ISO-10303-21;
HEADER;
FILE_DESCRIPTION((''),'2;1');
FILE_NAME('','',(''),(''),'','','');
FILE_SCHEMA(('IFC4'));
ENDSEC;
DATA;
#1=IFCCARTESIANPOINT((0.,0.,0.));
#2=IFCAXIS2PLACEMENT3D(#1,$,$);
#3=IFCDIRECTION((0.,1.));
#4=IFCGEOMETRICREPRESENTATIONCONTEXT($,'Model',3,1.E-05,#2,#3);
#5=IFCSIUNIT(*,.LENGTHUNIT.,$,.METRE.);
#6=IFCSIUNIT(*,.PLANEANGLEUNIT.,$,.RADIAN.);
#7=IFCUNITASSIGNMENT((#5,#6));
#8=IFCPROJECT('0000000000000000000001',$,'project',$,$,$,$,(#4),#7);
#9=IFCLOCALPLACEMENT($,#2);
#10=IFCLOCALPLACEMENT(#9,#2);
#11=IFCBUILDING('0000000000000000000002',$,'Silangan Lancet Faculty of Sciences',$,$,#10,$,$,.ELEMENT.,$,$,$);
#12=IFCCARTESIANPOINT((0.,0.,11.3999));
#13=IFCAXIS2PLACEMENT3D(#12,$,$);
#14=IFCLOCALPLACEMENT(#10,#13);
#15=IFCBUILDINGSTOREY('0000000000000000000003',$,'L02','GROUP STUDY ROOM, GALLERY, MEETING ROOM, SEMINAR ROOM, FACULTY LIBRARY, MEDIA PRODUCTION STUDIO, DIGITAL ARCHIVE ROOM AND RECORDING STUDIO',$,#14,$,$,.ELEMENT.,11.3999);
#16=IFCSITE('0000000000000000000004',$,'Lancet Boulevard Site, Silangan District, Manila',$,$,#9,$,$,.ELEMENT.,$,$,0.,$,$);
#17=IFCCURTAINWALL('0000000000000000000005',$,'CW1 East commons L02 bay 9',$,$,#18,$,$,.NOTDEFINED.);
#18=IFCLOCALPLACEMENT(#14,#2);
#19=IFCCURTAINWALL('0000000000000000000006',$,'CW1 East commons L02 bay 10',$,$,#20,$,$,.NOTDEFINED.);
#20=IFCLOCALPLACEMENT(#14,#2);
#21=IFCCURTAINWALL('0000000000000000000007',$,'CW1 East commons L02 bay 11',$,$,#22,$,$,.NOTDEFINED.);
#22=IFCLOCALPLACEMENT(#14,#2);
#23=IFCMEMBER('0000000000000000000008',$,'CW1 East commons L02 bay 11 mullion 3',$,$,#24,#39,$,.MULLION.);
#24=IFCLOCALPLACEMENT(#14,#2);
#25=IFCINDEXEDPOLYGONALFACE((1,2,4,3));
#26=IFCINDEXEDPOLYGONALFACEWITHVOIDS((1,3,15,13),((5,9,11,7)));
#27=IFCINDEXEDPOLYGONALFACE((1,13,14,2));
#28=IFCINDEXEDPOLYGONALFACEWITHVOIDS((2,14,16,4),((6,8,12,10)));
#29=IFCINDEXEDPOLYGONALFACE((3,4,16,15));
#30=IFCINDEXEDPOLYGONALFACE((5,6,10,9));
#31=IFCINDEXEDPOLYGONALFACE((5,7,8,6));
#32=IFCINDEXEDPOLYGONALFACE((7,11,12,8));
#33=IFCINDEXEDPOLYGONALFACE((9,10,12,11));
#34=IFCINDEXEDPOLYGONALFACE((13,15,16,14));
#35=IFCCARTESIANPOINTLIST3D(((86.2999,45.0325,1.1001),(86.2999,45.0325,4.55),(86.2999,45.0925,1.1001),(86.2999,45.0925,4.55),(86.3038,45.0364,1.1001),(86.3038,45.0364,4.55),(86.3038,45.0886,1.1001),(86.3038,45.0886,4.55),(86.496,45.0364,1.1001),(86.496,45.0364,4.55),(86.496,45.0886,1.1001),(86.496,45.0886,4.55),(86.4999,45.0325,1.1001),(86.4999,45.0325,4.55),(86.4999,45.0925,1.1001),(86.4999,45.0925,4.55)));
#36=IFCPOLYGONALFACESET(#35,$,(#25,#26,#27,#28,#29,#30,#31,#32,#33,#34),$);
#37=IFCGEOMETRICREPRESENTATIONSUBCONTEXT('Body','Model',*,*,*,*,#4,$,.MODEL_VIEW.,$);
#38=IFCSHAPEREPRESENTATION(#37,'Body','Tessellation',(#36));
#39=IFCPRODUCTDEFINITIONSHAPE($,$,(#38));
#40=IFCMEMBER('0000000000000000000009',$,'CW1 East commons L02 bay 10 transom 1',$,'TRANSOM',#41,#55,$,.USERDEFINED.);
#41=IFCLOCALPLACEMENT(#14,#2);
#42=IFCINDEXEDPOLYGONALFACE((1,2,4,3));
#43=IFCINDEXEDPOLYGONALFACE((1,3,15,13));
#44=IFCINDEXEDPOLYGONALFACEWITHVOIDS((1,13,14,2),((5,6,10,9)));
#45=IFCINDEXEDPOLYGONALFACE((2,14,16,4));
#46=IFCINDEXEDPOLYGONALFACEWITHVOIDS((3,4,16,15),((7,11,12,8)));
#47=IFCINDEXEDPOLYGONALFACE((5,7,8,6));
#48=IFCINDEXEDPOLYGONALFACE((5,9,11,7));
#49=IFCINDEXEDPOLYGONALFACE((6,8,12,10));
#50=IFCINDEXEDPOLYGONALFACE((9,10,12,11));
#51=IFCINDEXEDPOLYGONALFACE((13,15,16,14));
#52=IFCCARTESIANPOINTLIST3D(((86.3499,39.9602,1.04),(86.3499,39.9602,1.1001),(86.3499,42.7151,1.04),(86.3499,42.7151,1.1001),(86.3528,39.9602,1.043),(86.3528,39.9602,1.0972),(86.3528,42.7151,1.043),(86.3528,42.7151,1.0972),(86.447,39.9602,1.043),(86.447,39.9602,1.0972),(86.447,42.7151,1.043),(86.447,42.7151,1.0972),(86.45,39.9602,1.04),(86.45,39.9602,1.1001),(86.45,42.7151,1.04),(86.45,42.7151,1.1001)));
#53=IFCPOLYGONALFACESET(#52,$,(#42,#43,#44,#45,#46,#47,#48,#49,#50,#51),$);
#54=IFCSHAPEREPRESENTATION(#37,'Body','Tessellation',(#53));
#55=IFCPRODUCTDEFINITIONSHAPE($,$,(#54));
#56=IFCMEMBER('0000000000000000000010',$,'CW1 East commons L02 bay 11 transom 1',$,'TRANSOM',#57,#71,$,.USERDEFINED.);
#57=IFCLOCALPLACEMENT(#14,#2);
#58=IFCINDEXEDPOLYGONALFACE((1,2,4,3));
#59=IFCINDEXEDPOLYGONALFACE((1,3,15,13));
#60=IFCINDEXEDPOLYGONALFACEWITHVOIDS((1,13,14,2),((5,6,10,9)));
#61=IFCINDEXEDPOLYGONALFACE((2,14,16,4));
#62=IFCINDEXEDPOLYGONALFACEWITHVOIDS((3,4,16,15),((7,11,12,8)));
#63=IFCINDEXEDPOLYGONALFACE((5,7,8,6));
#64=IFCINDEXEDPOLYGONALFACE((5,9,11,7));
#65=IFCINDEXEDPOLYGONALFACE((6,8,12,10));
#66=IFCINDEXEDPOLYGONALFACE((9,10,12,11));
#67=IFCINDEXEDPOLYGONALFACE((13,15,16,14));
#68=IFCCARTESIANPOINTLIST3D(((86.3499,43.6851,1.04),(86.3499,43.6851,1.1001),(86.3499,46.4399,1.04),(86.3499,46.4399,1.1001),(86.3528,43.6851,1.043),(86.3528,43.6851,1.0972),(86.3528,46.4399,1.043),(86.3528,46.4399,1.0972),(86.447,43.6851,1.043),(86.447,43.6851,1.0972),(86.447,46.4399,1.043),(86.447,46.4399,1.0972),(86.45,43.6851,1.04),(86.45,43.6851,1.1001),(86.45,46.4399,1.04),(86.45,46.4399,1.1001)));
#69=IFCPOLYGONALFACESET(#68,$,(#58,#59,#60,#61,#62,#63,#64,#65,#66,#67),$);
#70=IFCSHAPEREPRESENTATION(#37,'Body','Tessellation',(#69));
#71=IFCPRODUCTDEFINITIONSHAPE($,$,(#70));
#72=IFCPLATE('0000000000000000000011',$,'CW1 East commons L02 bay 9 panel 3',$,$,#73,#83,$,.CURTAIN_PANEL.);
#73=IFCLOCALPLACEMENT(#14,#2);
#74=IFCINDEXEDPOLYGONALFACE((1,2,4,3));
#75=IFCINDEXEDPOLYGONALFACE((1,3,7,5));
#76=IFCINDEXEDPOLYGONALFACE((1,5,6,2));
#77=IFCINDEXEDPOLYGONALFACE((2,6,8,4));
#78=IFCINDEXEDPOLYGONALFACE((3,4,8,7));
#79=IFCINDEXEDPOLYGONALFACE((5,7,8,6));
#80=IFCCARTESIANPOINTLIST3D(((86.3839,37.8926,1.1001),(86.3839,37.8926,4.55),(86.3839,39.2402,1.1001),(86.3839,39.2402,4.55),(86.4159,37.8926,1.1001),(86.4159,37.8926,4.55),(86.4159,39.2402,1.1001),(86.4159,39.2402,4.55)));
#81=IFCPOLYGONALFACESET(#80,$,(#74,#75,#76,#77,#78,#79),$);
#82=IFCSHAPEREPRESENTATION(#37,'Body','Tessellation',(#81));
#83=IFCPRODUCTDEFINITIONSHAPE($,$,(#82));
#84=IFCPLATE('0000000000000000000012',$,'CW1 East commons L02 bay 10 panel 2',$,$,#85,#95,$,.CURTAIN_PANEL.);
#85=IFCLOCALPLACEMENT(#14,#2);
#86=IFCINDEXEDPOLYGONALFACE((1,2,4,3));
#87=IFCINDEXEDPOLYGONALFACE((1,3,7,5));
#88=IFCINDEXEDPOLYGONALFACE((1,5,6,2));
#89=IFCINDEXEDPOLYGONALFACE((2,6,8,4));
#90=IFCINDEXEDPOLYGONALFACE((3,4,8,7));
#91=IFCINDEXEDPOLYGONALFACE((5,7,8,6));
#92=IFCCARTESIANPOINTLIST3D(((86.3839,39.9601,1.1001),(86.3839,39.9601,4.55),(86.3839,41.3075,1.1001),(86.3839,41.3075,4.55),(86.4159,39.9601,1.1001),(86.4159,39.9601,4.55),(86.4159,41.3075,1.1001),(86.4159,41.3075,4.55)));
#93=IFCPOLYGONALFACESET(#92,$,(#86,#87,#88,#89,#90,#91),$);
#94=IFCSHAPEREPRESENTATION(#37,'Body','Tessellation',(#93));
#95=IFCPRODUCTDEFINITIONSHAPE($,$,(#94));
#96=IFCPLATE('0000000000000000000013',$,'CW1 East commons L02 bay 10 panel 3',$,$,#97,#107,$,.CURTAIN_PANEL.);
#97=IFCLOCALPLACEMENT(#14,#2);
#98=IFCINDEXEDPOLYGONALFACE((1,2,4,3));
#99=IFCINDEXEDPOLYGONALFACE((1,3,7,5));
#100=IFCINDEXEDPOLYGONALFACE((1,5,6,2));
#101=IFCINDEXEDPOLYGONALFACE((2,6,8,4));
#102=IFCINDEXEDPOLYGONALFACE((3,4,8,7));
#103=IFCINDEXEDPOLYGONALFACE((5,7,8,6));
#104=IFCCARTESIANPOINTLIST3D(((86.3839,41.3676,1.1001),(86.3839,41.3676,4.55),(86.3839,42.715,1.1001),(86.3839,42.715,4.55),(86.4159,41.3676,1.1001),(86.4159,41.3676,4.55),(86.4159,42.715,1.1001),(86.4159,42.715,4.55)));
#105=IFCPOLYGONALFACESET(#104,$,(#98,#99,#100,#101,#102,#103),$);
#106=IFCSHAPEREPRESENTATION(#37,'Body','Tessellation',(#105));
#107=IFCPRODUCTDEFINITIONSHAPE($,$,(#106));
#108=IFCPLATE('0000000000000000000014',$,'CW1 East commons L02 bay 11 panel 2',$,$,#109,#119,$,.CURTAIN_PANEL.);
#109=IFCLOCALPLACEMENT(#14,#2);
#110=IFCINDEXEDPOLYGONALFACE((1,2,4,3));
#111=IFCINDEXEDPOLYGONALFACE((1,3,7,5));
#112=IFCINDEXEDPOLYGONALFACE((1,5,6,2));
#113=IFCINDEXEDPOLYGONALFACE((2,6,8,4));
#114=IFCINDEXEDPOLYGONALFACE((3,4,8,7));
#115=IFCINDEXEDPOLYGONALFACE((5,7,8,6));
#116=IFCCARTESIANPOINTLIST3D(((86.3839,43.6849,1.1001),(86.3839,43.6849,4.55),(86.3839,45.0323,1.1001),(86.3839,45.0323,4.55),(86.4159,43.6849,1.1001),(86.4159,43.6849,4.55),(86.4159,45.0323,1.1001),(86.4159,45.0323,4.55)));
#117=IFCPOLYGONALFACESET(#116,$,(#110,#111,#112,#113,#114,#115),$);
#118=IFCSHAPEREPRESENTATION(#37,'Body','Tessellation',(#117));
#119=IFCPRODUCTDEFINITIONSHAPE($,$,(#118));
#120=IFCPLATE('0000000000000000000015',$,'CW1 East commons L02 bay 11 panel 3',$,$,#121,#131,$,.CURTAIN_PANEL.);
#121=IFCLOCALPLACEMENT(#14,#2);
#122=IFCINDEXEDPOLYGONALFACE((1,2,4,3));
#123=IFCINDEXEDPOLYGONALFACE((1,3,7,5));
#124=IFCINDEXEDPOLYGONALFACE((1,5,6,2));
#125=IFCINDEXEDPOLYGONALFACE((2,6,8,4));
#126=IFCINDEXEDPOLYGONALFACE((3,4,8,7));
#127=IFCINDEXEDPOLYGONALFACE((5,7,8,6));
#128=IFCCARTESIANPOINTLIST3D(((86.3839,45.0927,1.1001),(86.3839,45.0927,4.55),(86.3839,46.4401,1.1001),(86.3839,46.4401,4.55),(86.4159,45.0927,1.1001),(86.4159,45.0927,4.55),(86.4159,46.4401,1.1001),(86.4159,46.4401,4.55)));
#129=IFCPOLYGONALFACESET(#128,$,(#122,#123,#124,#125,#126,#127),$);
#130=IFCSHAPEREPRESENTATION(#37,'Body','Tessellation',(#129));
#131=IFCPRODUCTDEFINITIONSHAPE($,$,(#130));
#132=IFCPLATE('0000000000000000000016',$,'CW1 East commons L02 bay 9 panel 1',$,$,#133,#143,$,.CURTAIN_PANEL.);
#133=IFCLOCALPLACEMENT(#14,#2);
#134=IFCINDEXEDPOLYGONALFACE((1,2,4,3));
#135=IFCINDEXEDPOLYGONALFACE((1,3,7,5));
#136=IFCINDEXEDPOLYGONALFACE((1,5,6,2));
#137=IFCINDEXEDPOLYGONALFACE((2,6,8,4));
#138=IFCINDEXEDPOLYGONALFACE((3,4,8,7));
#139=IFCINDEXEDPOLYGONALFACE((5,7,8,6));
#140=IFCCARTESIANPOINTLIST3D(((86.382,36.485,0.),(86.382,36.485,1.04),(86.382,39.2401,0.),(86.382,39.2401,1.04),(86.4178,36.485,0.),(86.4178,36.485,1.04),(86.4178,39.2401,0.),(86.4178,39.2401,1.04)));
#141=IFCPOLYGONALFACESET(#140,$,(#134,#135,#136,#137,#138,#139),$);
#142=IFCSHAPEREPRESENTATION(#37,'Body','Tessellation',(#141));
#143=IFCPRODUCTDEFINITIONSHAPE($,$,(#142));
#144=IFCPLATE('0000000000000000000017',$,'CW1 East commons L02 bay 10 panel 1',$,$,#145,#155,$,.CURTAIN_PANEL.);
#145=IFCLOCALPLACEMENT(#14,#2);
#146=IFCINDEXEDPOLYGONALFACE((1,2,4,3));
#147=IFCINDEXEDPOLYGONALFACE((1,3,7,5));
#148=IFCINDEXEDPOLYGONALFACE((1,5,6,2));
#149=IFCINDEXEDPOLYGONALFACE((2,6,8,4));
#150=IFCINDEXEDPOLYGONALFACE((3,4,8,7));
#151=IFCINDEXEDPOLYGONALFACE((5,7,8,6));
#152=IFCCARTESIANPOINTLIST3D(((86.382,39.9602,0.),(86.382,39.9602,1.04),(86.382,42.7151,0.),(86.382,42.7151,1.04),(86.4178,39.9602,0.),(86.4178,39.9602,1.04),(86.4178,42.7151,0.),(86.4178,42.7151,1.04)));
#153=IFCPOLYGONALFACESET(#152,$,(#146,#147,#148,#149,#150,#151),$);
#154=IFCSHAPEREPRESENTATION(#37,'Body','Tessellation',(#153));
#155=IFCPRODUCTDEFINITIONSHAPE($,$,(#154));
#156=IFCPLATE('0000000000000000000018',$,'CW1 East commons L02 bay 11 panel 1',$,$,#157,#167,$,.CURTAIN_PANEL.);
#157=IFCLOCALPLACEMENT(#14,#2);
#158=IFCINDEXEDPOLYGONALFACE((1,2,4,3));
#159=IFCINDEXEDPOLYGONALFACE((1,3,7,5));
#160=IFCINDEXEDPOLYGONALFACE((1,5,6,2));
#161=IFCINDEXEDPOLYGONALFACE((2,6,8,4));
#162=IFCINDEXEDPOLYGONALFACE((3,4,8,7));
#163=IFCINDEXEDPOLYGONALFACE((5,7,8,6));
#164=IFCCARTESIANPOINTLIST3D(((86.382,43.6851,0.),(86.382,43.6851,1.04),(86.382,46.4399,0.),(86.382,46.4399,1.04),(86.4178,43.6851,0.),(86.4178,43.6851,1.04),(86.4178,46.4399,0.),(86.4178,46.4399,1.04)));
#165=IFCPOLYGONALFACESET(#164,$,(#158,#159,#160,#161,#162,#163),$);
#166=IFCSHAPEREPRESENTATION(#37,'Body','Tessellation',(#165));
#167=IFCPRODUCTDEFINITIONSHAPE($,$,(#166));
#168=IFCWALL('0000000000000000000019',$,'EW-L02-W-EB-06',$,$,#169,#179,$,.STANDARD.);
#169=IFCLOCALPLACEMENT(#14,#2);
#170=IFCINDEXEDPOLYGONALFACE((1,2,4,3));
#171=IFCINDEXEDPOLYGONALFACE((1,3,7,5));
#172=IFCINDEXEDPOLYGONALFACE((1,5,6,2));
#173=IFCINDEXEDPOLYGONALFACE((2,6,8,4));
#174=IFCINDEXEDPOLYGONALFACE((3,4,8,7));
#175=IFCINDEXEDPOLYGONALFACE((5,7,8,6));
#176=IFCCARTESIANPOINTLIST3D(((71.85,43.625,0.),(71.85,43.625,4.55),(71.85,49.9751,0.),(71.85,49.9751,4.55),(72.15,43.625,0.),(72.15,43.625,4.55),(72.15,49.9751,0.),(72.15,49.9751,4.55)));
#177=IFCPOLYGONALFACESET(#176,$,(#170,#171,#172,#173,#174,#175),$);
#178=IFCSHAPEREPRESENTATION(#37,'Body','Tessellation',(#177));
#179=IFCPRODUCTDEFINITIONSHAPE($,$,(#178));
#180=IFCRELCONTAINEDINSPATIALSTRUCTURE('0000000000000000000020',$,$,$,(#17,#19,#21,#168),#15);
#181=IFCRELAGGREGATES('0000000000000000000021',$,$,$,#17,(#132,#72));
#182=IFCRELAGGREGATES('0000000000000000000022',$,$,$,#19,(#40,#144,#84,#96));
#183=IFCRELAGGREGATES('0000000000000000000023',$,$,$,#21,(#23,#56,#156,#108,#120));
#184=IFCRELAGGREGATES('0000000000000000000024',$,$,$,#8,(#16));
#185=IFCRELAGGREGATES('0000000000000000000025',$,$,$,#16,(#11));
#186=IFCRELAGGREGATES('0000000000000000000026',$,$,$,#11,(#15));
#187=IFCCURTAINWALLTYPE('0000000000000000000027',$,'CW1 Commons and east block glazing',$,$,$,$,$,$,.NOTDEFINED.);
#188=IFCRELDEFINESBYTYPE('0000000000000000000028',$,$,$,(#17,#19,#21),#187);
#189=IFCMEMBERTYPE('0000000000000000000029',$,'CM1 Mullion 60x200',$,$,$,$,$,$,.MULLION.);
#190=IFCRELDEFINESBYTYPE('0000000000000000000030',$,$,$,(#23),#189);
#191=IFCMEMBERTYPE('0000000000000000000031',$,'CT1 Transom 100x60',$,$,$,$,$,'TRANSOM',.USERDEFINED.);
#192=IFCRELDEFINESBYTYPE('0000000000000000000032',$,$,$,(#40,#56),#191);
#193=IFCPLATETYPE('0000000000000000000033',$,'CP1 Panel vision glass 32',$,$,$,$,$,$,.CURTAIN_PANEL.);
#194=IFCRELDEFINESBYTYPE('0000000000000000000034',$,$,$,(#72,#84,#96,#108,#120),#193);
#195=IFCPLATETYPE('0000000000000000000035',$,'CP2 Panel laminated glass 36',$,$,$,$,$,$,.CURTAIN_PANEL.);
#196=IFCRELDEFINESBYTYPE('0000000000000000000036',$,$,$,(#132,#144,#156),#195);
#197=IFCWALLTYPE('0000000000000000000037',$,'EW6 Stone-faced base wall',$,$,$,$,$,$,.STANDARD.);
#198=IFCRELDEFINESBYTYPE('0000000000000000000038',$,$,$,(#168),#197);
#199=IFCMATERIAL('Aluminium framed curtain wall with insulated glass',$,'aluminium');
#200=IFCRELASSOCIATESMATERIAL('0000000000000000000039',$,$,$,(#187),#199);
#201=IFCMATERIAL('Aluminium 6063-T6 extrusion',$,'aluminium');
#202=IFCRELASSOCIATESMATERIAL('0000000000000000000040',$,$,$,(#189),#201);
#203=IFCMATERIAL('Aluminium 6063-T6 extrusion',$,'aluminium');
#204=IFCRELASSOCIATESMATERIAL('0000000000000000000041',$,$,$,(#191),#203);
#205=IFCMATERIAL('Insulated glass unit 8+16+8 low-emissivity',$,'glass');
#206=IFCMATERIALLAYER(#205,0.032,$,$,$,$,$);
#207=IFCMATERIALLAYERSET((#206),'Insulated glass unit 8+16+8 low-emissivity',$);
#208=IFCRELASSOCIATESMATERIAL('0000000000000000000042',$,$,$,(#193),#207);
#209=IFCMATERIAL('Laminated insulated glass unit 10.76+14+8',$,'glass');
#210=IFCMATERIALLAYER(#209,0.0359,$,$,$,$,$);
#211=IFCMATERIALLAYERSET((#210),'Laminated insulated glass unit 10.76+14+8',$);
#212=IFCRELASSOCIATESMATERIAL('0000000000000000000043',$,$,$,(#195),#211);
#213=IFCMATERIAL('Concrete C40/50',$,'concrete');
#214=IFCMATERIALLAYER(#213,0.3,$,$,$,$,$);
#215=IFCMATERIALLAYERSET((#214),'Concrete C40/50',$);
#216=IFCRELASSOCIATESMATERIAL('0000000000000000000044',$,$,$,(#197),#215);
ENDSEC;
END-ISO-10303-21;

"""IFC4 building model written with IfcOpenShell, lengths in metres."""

from ifc_helpers import new_model, si_unit, direction, frame, frame_2d, origin, origin_2d, place, context, subcontext, project, spatial, rectangle, hollow_rectangle, extrude, material, layer, layer_set, material_profile, profile_set, type_object, element, aggregate, save


model = new_model("IFC4")

# Units and contexts
model_context = context("Model", 3, precision=1e-05, world=origin(), true_north=direction((0.0, 1.0)))
body_context = subcontext(model_context, "Body", "Model", "MODEL_VIEW")
ifc_project = project(units=[si_unit("LENGTHUNIT", "METRE"), si_unit("PLANEANGLEUNIT", "RADIAN")], contexts=[model_context])

# Site, building, storey
site_placement = place(None, origin())
site = spatial("IfcSite", under=ifc_project, at=site_placement, Name="Lancet Boulevard Site, Silangan District, Manila", CompositionType="ELEMENT", RefElevation=0.0)
building_placement = place(site_placement, origin())
building = spatial("IfcBuilding", under=site, at=building_placement, Name="Silangan Lancet Faculty of Sciences", CompositionType="ELEMENT")
storey_placement = place(building_placement, frame((0.0, 0.0, 11.3999)))
storey = spatial("IfcBuildingStorey", under=building, at=storey_placement, Name="L02", Description="GROUP STUDY ROOM, GALLERY, MEETING ROOM, SEMINAR ROOM, FACULTY LIBRARY, MEDIA PRODUCTION STUDIO, DIGITAL ARCHIVE ROOM AND RECORDING STUDIO", CompositionType="ELEMENT", Elevation=11.3999)

# Curtain wall
ifc_material_1 = material(Name="Aluminium framed curtain wall with insulated glass", Category="aluminium")
curtain_wall_type = type_object("IfcCurtainWallType", Name="CW1 Commons and east block glazing", PredefinedType="NOTDEFINED", material=ifc_material_1)
curtain_wall_1_placement = place(storey_placement, origin())
curtain_wall_1 = element("IfcCurtainWall", 1, at=curtain_wall_1_placement, inside=storey, type_object=curtain_wall_type, Name="CW1 East commons L02 bay 9", PredefinedType="NOTDEFINED")
ifc_material_2 = material(Name="Aluminium 6063-T6 extrusion", Category="aluminium")
ifc_material_profile_1 = material_profile(ifc_material_2, hollow_rectangle(XDim=0.0601, YDim=0.2, WallThickness=0.0039, at=origin_2d()), Name="AL BOX 60x200x4")
ifc_profile_set_1 = profile_set([ifc_material_profile_1], Name="Aluminium 6063-T6 extrusion")
member_type_1 = type_object("IfcMemberType", Name="CM1 Mullion 60x200", PredefinedType="MULLION", material=ifc_profile_set_1)

# Curtain walls, member
curtain_wall_2_placement = place(storey_placement, origin())
curtain_wall_2 = element("IfcCurtainWall", 2, at=curtain_wall_2_placement, inside=storey, type_object=curtain_wall_type, Name="CW1 East commons L02 bay 10", PredefinedType="NOTDEFINED")
curtain_wall_3_placement = place(storey_placement, origin())
curtain_wall_3 = element("IfcCurtainWall", 3, at=curtain_wall_3_placement, inside=storey, type_object=curtain_wall_type, Name="CW1 East commons L02 bay 11", PredefinedType="NOTDEFINED")
member_1_placement = place(storey_placement, frame((86.3999, 45.0625, 1.1001), z_axis=(0.0, 0.0, 1.0), x_axis=(0.0, 1.0, 0.0)))
member_1 = element("IfcMember", 4, at=member_1_placement, type_object=member_type_1, Name="CW1 East commons L02 bay 11 mullion 3", PredefinedType="MULLION", context=body_context, shape_type="SweptSolid", body=[
    extrude(hollow_rectangle(XDim=0.0601, YDim=0.2, WallThickness=0.0039, at=origin_2d()), origin(), (0.0, 0.0, 1.0), 3.45),
])

# Members
ifc_material_3 = material(Name="Aluminium 6063-T6 extrusion", Category="aluminium")
ifc_material_profile_2 = material_profile(ifc_material_3, hollow_rectangle(XDim=0.1001, YDim=0.0601, WallThickness=0.0029, at=origin_2d()), Name="AL BOX 100x60x3")
ifc_profile_set_2 = profile_set([ifc_material_profile_2], Name="Aluminium 6063-T6 extrusion")
member_type_2 = type_object("IfcMemberType", Name="CT1 Transom 100x60", ElementType="TRANSOM", PredefinedType="USERDEFINED", material=ifc_profile_set_2)
member_2_placement = place(storey_placement, frame((86.3999, 39.9602, 1.0701), z_axis=(0.0, 1.0, 0.0), x_axis=(-1.0, 0.0, 0.0)))
member_2 = element("IfcMember", 5, at=member_2_placement, type_object=member_type_2, Name="CW1 East commons L02 bay 10 transom 1", ObjectType="TRANSOM", PredefinedType="USERDEFINED", context=body_context, shape_type="SweptSolid", body=[
    extrude(hollow_rectangle(XDim=0.1001, YDim=0.0601, WallThickness=0.0029, at=origin_2d()), origin(), (0.0, 0.0, 1.0), 2.7549),
])
member_3_placement = place(storey_placement, frame((86.3999, 43.6851, 1.0701), z_axis=(0.0, 1.0, 0.0), x_axis=(-1.0, 0.0, 0.0)))
member_3 = element("IfcMember", 6, at=member_3_placement, type_object=member_type_2, Name="CW1 East commons L02 bay 11 transom 1", ObjectType="TRANSOM", PredefinedType="USERDEFINED", context=body_context, shape_type="SweptSolid", body=[
    extrude(hollow_rectangle(XDim=0.1001, YDim=0.0601, WallThickness=0.0029, at=origin_2d()), origin(), (0.0, 0.0, 1.0), 2.7549),
])

# Plates
ifc_material_4 = material(Name="Insulated glass unit 8+16+8 low-emissivity", Category="glass")
ifc_layer_1 = layer(ifc_material_4, 0.032)
ifc_layer_set_1 = layer_set([ifc_layer_1], Name="Insulated glass unit 8+16+8 low-emissivity")
plate_type_1 = type_object("IfcPlateType", Name="CP1 Panel vision glass 32", PredefinedType="CURTAIN_PANEL", material=ifc_layer_set_1)
plate_1_placement = place(storey_placement, frame((86.3999, 38.5664, 1.1001), z_axis=(0.0, 0.0, 1.0), x_axis=(0.0, 1.0, 0.0)))
plate_1 = element("IfcPlate", 7, at=plate_1_placement, type_object=plate_type_1, Name="CW1 East commons L02 bay 9 panel 3", PredefinedType="CURTAIN_PANEL", context=body_context, shape_type="SweptSolid", body=[
    extrude(rectangle(XDim=1.3477, YDim=0.032, at=origin_2d()), origin(), (0.0, 0.0, 1.0), 3.45),
])
plate_2_placement = place(storey_placement, frame((86.3999, 40.6338, 1.1001), z_axis=(0.0, 0.0, 1.0), x_axis=(0.0, 1.0, 0.0)))
plate_2 = element("IfcPlate", 8, at=plate_2_placement, type_object=plate_type_1, Name="CW1 East commons L02 bay 10 panel 2", PredefinedType="CURTAIN_PANEL", context=body_context, shape_type="SweptSolid", body=[
    extrude(rectangle(XDim=1.3474, YDim=0.032, at=origin_2d()), origin(), (0.0, 0.0, 1.0), 3.45),
])
plate_3_placement = place(storey_placement, frame((86.3999, 42.0413, 1.1001), z_axis=(0.0, 0.0, 1.0), x_axis=(0.0, 1.0, 0.0)))
plate_3 = element("IfcPlate", 9, at=plate_3_placement, type_object=plate_type_1, Name="CW1 East commons L02 bay 10 panel 3", PredefinedType="CURTAIN_PANEL", context=body_context, shape_type="SweptSolid", body=[
    extrude(rectangle(XDim=1.3474, YDim=0.032, at=origin_2d()), origin(), (0.0, 0.0, 1.0), 3.45),
])
plate_4_placement = place(storey_placement, frame((86.3999, 44.3586, 1.1001), z_axis=(0.0, 0.0, 1.0), x_axis=(0.0, 1.0, 0.0)))
plate_4 = element("IfcPlate", 10, at=plate_4_placement, type_object=plate_type_1, Name="CW1 East commons L02 bay 11 panel 2", PredefinedType="CURTAIN_PANEL", context=body_context, shape_type="SweptSolid", body=[
    extrude(rectangle(XDim=1.3474, YDim=0.032, at=origin_2d()), origin(), (0.0, 0.0, 1.0), 3.45),
])
plate_5_placement = place(storey_placement, frame((86.3999, 45.7664, 1.1001), z_axis=(0.0, 0.0, 1.0), x_axis=(0.0, 1.0, 0.0)))
plate_5 = element("IfcPlate", 11, at=plate_5_placement, type_object=plate_type_1, Name="CW1 East commons L02 bay 11 panel 3", PredefinedType="CURTAIN_PANEL", context=body_context, shape_type="SweptSolid", body=[
    extrude(rectangle(XDim=1.3474, YDim=0.032, at=origin_2d()), origin(), (0.0, 0.0, 1.0), 3.45),
])
ifc_material_5 = material(Name="Laminated insulated glass unit 10.76+14+8", Category="glass")
ifc_layer_2 = layer(ifc_material_5, 0.0359)
ifc_layer_set_2 = layer_set([ifc_layer_2], Name="Laminated insulated glass unit 10.76+14+8")
plate_type_2 = type_object("IfcPlateType", Name="CP2 Panel laminated glass 36", PredefinedType="CURTAIN_PANEL", material=ifc_layer_set_2)
plate_6_placement = place(storey_placement, frame((86.3999, 37.8625, 0.0), z_axis=(0.0, 0.0, 1.0), x_axis=(0.0, 1.0, 0.0)))
plate_6 = element("IfcPlate", 12, at=plate_6_placement, type_object=plate_type_2, Name="CW1 East commons L02 bay 9 panel 1", PredefinedType="CURTAIN_PANEL", context=body_context, shape_type="SweptSolid", body=[
    extrude(rectangle(XDim=2.7551, YDim=0.0359, at=origin_2d()), origin(), (0.0, 0.0, 1.0), 1.04),
])
aggregate(curtain_wall_1, [plate_6, plate_1])
plate_7_placement = place(storey_placement, frame((86.3999, 41.3376, 0.0), z_axis=(0.0, 0.0, 1.0), x_axis=(0.0, 1.0, 0.0)))
plate_7 = element("IfcPlate", 13, at=plate_7_placement, type_object=plate_type_2, Name="CW1 East commons L02 bay 10 panel 1", PredefinedType="CURTAIN_PANEL", context=body_context, shape_type="SweptSolid", body=[
    extrude(rectangle(XDim=2.7549, YDim=0.0359, at=origin_2d()), origin(), (0.0, 0.0, 1.0), 1.04),
])
aggregate(curtain_wall_2, [member_2, plate_7, plate_2, plate_3])
plate_8_placement = place(storey_placement, frame((86.3999, 45.0625, 0.0), z_axis=(0.0, 0.0, 1.0), x_axis=(0.0, 1.0, 0.0)))
plate_8 = element("IfcPlate", 14, at=plate_8_placement, type_object=plate_type_2, Name="CW1 East commons L02 bay 11 panel 1", PredefinedType="CURTAIN_PANEL", context=body_context, shape_type="SweptSolid", body=[
    extrude(rectangle(XDim=2.7549, YDim=0.0359, at=origin_2d()), origin(), (0.0, 0.0, 1.0), 1.04),
])
aggregate(curtain_wall_3, [member_1, member_3, plate_8, plate_4, plate_5])

# Wall
ifc_material_6 = material(Name="Concrete C40/50", Category="concrete")
ifc_layer_3 = layer(ifc_material_6, 0.3)
ifc_layer_set_3 = layer_set([ifc_layer_3], Name="Concrete C40/50")
wall_type_1 = type_object("IfcWallType", Name="EW6 Stone-faced base wall", PredefinedType="STANDARD", material=ifc_layer_set_3)
wall_1_placement = place(storey_placement, frame((72.0, 43.625, 0.0), z_axis=(0.0, 0.0, 1.0), x_axis=(0.0, 1.0, 0.0)))
element("IfcWall", 15, at=wall_1_placement, inside=storey, type_object=wall_type_1, Name="EW-L02-W-EB-06", PredefinedType="STANDARD", context=body_context, shape_type="SweptSolid", body=[
    extrude(rectangle(XDim=6.3501, YDim=0.3, at=frame_2d((3.175, 0.0))), origin(), (0.0, 0.0, 1.0), 4.55),
])

save(model, "model.ifc")
